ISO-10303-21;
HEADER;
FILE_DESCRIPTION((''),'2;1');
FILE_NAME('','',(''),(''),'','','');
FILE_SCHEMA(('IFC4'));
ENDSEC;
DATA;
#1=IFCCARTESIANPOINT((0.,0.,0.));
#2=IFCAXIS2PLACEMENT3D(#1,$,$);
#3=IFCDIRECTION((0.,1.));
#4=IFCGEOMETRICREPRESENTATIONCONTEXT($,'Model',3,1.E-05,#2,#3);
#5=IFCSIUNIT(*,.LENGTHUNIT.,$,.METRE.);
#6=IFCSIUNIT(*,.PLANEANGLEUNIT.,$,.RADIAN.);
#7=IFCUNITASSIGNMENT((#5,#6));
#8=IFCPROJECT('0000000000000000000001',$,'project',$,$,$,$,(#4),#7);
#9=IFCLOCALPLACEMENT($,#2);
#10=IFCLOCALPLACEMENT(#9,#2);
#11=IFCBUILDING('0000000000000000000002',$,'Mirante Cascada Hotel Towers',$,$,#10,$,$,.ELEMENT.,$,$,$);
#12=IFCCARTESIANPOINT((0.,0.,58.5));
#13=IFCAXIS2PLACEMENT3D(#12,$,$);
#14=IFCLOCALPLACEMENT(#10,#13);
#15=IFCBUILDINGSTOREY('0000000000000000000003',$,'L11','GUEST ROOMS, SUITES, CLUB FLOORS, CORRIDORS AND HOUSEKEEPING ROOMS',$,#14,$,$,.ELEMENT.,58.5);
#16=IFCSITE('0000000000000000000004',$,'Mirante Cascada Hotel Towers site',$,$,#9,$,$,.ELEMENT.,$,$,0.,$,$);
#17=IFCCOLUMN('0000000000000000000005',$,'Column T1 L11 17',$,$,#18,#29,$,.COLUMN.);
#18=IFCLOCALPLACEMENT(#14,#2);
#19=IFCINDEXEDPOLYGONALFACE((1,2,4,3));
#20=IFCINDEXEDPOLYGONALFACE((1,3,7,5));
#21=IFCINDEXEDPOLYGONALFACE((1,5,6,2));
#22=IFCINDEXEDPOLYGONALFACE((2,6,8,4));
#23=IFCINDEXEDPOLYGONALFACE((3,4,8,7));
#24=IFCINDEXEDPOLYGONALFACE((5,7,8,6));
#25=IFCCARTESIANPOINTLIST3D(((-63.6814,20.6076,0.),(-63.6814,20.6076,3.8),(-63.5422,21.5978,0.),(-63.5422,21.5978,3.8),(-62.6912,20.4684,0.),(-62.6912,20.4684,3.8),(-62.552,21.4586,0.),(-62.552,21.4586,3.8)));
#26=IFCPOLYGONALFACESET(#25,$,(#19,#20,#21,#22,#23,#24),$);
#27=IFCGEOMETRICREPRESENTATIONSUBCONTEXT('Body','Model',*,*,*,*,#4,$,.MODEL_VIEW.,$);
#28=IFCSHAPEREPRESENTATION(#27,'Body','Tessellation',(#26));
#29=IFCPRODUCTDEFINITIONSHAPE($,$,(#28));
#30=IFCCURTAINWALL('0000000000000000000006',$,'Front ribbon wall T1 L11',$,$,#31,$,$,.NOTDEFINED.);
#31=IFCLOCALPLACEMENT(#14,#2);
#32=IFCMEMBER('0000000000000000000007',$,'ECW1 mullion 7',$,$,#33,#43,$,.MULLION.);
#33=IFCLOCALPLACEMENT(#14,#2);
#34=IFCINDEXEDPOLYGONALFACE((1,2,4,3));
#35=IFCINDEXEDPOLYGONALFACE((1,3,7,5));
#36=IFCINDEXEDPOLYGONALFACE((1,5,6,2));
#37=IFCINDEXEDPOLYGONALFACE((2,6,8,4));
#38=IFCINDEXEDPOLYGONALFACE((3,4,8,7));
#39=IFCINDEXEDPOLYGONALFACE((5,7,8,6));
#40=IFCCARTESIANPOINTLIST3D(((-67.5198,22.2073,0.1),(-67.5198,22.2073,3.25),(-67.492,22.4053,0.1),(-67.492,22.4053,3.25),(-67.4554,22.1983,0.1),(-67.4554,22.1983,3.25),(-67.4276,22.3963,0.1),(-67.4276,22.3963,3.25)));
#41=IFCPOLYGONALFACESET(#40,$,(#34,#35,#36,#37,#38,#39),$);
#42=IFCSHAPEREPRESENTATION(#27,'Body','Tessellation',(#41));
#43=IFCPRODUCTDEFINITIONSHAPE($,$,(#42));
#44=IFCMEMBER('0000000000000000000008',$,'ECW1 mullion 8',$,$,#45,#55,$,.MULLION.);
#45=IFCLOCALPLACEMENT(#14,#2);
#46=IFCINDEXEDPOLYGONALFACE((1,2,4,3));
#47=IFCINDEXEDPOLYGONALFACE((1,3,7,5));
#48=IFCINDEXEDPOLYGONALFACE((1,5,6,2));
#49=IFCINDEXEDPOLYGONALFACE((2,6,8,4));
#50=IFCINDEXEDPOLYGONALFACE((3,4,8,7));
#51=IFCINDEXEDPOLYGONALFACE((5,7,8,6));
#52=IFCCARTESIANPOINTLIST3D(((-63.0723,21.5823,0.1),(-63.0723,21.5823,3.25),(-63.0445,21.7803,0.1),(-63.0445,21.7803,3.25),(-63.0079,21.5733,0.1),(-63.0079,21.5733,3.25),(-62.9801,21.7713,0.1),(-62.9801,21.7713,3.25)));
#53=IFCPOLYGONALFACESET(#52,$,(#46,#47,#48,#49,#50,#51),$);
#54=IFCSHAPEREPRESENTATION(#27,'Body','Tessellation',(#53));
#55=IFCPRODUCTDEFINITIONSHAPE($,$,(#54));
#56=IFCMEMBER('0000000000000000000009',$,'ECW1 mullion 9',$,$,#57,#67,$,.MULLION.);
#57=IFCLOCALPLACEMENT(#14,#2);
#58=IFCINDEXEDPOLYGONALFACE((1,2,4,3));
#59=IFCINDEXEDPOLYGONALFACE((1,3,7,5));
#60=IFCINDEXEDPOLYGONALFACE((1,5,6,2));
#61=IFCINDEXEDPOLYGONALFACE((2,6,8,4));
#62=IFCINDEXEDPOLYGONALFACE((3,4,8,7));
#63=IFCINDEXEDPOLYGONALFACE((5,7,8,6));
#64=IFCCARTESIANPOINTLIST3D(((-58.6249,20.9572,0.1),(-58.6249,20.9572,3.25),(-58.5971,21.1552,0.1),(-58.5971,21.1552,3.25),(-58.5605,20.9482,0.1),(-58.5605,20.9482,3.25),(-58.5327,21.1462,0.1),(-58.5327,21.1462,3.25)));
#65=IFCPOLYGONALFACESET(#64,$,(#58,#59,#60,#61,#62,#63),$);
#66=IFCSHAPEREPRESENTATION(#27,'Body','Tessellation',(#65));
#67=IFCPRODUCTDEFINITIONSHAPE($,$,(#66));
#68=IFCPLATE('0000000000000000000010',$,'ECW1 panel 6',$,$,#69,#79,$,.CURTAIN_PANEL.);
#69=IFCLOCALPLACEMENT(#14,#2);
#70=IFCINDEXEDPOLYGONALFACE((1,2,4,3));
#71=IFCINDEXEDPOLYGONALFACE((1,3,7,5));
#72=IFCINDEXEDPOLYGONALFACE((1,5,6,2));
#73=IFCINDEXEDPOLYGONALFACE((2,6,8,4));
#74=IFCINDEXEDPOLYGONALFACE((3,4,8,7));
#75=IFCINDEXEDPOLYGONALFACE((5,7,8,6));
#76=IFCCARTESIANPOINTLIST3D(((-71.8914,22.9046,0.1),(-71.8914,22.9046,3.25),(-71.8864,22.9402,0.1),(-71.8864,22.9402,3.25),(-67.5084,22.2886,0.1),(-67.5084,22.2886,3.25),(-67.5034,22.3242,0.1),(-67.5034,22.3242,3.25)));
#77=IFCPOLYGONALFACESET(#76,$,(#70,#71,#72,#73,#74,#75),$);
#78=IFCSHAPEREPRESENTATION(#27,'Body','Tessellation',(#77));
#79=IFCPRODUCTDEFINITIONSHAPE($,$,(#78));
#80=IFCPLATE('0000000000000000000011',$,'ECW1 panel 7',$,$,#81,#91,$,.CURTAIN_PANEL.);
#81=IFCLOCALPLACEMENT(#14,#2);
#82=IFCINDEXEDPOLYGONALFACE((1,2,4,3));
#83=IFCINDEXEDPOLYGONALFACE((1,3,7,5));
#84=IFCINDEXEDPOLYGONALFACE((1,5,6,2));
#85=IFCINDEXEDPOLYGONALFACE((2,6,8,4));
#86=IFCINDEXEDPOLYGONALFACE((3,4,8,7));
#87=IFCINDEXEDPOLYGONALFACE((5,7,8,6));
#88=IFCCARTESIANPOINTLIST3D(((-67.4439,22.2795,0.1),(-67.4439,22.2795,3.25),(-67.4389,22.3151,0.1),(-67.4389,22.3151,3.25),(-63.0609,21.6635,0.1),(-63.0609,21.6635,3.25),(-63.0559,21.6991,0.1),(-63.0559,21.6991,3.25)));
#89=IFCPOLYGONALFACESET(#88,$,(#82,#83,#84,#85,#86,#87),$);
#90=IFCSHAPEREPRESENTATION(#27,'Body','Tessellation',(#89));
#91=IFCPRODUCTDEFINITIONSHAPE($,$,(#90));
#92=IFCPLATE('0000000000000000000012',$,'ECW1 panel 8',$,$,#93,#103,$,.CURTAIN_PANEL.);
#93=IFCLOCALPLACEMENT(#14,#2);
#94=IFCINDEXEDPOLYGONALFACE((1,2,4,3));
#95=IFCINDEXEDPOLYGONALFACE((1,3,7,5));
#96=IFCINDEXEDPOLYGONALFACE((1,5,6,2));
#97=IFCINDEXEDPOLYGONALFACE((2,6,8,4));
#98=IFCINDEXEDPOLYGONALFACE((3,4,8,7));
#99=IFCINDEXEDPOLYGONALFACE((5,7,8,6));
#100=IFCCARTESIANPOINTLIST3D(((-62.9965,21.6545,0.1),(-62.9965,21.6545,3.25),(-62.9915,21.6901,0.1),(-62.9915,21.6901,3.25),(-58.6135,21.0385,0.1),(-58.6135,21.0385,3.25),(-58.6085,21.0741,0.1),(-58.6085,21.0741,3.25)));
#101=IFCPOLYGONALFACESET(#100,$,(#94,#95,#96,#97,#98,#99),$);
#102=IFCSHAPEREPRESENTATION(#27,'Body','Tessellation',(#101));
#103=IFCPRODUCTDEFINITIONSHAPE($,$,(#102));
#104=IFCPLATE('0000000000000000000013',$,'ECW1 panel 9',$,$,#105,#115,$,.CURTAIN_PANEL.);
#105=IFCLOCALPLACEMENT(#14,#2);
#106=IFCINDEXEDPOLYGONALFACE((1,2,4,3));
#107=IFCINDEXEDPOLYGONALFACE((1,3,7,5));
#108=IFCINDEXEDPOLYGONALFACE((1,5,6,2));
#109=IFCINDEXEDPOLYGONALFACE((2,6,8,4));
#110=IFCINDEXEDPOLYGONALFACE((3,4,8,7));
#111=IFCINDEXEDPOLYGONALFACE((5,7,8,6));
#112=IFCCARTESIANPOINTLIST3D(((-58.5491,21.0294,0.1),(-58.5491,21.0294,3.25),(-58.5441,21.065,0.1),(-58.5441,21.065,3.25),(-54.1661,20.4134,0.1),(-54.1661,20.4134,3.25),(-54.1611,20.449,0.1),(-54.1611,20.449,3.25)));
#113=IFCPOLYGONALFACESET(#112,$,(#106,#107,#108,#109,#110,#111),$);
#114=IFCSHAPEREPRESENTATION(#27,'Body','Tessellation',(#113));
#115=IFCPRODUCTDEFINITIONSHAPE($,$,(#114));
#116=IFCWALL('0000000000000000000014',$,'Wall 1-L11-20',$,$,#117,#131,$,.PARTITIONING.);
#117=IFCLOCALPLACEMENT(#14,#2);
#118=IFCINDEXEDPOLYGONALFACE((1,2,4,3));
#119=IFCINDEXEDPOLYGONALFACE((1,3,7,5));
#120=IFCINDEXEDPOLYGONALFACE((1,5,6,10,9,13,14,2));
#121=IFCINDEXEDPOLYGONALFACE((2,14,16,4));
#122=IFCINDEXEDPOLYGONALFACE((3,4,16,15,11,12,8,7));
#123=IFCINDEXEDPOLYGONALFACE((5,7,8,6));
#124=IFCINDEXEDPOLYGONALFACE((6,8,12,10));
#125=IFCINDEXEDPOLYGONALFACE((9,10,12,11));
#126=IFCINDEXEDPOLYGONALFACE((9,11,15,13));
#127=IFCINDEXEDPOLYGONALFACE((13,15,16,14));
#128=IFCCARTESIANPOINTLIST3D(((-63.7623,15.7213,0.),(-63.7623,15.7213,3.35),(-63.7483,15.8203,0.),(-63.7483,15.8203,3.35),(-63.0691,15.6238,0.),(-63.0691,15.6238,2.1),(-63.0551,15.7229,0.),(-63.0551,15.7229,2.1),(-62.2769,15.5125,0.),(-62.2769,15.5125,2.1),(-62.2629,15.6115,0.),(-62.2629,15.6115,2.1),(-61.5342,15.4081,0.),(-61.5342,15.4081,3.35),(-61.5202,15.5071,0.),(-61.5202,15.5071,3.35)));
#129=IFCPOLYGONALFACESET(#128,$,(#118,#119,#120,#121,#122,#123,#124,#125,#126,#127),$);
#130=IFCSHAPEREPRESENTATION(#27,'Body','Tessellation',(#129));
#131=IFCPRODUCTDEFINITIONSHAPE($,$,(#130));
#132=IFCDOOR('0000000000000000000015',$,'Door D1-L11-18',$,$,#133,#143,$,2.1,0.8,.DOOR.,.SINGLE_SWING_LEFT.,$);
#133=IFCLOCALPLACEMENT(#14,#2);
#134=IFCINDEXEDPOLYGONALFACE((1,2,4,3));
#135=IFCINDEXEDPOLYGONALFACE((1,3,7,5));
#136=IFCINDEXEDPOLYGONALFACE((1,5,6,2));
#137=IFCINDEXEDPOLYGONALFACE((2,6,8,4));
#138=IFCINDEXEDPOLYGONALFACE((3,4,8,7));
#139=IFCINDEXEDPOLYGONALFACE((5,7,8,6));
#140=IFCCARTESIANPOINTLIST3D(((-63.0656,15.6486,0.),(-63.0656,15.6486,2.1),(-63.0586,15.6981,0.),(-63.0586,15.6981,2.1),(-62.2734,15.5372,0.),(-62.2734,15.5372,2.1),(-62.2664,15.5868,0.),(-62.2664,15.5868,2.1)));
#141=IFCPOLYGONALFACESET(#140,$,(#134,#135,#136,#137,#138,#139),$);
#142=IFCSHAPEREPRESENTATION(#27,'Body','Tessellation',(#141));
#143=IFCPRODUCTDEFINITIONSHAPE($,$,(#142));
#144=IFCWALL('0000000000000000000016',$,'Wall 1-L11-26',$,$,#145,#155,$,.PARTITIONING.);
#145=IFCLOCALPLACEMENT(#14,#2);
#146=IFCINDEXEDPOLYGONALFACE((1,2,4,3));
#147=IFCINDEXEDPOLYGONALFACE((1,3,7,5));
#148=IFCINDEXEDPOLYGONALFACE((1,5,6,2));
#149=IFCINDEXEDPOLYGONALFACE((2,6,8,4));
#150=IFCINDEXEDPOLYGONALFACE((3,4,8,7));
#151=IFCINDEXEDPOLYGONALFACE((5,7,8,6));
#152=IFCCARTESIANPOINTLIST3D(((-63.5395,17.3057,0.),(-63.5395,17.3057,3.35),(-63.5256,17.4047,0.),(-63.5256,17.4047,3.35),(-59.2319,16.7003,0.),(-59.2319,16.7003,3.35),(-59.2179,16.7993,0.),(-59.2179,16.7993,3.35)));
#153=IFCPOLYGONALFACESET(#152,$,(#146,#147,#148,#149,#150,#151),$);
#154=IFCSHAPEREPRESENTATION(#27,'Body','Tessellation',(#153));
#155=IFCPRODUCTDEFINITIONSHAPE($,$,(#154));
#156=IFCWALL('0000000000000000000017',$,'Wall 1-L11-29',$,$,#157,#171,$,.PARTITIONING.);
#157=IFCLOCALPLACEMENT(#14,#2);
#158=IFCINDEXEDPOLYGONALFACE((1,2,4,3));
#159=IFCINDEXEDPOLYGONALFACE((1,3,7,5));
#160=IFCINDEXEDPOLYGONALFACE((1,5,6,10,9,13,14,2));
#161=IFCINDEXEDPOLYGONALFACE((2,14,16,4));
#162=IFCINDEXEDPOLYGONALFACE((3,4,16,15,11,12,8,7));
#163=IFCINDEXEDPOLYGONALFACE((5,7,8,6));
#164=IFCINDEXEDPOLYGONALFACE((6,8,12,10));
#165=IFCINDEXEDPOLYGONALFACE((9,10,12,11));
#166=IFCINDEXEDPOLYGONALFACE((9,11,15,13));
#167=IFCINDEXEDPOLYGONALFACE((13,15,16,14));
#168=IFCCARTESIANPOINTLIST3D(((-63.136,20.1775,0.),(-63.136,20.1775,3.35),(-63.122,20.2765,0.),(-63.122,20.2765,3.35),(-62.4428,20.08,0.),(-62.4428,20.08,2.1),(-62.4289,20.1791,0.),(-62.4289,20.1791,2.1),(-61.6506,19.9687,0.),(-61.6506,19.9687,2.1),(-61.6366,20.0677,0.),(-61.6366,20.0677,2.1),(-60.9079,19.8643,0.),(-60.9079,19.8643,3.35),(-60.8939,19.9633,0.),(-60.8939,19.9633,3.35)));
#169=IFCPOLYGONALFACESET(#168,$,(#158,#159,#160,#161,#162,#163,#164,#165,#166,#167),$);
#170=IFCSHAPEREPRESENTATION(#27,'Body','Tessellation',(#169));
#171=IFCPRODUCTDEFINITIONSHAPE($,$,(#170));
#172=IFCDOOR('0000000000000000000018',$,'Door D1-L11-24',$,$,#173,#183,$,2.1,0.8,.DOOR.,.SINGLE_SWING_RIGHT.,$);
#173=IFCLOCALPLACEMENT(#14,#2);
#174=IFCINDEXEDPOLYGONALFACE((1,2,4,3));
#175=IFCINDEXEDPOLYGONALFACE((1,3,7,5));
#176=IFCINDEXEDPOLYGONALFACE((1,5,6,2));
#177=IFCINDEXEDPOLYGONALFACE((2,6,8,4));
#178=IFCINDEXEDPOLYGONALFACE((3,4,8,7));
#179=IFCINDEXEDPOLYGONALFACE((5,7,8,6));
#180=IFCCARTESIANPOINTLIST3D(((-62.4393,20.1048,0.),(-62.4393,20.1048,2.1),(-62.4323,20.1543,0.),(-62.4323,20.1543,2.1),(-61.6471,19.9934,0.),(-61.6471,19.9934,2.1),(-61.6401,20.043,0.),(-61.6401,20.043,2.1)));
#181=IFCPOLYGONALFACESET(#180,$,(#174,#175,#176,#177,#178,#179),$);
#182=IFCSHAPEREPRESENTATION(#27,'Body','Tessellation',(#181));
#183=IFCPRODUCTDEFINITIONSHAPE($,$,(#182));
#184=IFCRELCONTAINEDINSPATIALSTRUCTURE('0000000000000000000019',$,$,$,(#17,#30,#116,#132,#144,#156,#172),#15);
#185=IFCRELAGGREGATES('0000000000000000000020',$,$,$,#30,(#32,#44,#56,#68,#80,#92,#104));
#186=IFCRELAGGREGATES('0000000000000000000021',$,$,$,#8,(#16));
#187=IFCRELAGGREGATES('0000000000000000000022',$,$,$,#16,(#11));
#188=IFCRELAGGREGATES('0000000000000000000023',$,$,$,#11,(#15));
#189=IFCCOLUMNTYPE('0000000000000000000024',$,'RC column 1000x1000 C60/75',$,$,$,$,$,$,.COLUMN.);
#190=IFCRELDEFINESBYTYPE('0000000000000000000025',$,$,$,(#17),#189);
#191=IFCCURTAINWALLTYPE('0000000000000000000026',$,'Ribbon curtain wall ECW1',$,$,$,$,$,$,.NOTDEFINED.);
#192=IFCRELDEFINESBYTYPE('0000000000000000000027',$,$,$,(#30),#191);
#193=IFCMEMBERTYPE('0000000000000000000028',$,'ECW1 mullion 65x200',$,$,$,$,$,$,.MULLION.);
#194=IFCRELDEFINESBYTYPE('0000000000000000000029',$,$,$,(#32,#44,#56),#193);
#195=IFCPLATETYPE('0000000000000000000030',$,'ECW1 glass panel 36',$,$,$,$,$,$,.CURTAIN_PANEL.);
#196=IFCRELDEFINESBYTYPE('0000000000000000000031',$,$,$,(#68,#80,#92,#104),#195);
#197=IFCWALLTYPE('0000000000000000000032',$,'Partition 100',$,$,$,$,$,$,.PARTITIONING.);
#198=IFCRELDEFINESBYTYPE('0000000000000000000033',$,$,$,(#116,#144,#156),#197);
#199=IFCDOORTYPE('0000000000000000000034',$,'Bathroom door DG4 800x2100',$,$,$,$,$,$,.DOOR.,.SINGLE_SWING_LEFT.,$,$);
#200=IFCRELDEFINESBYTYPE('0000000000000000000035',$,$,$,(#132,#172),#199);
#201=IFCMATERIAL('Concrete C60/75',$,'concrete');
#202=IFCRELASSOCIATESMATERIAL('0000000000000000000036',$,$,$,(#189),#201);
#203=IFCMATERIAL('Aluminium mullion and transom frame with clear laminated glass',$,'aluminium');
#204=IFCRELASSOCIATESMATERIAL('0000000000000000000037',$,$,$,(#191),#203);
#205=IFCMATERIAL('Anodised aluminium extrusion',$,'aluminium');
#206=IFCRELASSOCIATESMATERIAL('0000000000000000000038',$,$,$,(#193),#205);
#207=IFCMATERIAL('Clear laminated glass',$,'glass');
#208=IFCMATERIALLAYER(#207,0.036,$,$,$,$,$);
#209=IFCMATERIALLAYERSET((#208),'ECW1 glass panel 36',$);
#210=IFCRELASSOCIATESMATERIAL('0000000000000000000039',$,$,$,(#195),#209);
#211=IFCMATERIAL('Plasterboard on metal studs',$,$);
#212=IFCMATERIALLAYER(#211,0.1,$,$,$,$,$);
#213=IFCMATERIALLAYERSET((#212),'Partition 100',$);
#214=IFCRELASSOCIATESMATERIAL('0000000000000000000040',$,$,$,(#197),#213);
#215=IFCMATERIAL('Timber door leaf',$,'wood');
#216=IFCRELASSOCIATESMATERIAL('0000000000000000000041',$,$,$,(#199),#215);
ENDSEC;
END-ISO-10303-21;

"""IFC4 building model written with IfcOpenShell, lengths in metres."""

from ifc_helpers import new_model, si_unit, direction, frame, frame_2d, origin, origin_2d, place, context, subcontext, project, spatial, rectangle, extrude, material, layer, layer_set, material_profile, profile_set, type_object, element, fill, aggregate, save


model = new_model("IFC4")

# Units and contexts
model_context = context("Model", 3, precision=1e-05, world=origin(), true_north=direction((0.0, 1.0)))
body_context = subcontext(model_context, "Body", "Model", "MODEL_VIEW")
ifc_project = project(units=[si_unit("LENGTHUNIT", "METRE"), si_unit("PLANEANGLEUNIT", "RADIAN")], contexts=[model_context])

# Site, building, storey
site_placement = place(None, origin())
site = spatial("IfcSite", under=ifc_project, at=site_placement, Name="Mirante Cascada Hotel Towers site", CompositionType="ELEMENT", RefElevation=0.0)
building_placement = place(site_placement, origin())
building = spatial("IfcBuilding", under=site, at=building_placement, Name="Mirante Cascada Hotel Towers", CompositionType="ELEMENT")
storey_placement = place(building_placement, frame((0.0, 0.0, 58.5)))
storey = spatial("IfcBuildingStorey", under=building, at=storey_placement, Name="L11", Description="GUEST ROOMS, SUITES, CLUB FLOORS, CORRIDORS AND HOUSEKEEPING ROOMS", CompositionType="ELEMENT", Elevation=58.5)

# Column
ifc_material_1 = material(Name="Concrete C60/75", Category="concrete")
ifc_material_profile_1 = material_profile(ifc_material_1, rectangle(XDim=1.0, YDim=1.0, at=origin_2d()), Name="RC column 1000x1000 C60/75")
ifc_profile_set_1 = profile_set([ifc_material_profile_1], Name="Concrete C60/75")
column_type = type_object("IfcColumnType", Name="RC column 1000x1000 C60/75", PredefinedType="COLUMN", material=ifc_profile_set_1)
column_placement = place(storey_placement, frame((-63.1167, 21.0331, 0.0), z_axis=(0.0, 0.0, 1.0), x_axis=(-0.990268, 0.139173, 0.0)))
element("IfcColumn", 1, at=column_placement, inside=storey, type_object=column_type, Name="Column T1 L11 17", PredefinedType="COLUMN", context=body_context, shape_type="SweptSolid", body=[
    extrude(rectangle(XDim=1.0, YDim=1.0, at=origin_2d()), origin(), (0.0, 0.0, 1.0), 3.8),
])

# Curtain wall, members, plates
ifc_material_2 = material(Name="Aluminium mullion and transom frame with clear laminated glass", Category="aluminium")
curtain_wall_type = type_object("IfcCurtainWallType", Name="Ribbon curtain wall ECW1", PredefinedType="NOTDEFINED", material=ifc_material_2)
curtain_wall_placement = place(storey_placement, origin())
curtain_wall = element("IfcCurtainWall", 2, at=curtain_wall_placement, inside=storey, type_object=curtain_wall_type, Name="Front ribbon wall T1 L11", PredefinedType="NOTDEFINED")
ifc_material_3 = material(Name="Anodised aluminium extrusion", Category="aluminium")
ifc_material_profile_2 = material_profile(ifc_material_3, rectangle(XDim=0.2, YDim=0.065, at=origin_2d()), Name="ECW1 MULLION 65x200")
ifc_profile_set_2 = profile_set([ifc_material_profile_2], Name="Anodised aluminium extrusion")
member_type = type_object("IfcMemberType", Name="ECW1 mullion 65x200", PredefinedType="MULLION", material=ifc_profile_set_2)
member_1_placement = place(storey_placement, frame((-67.4737, 22.3018, 0.1), z_axis=(0.0, 0.0, 1.0), x_axis=(0.139173, 0.990268, 0.0)))
member_1 = element("IfcMember", 3, at=member_1_placement, type_object=member_type, Name="ECW1 mullion 7", PredefinedType="MULLION", context=body_context, shape_type="SweptSolid", body=[
    extrude(rectangle(XDim=0.2, YDim=0.065, at=origin_2d()), origin(), (0.0, 0.0, 1.0), 3.15),
])
member_2_placement = place(storey_placement, frame((-63.0262, 21.6768, 0.1), z_axis=(0.0, 0.0, 1.0), x_axis=(0.139173, 0.990268, 0.0)))
member_2 = element("IfcMember", 4, at=member_2_placement, type_object=member_type, Name="ECW1 mullion 8", PredefinedType="MULLION", context=body_context, shape_type="SweptSolid", body=[
    extrude(rectangle(XDim=0.2, YDim=0.065, at=origin_2d()), origin(), (0.0, 0.0, 1.0), 3.15),
])
member_3_placement = place(storey_placement, frame((-58.5788, 21.0517, 0.1), z_axis=(0.0, 0.0, 1.0), x_axis=(0.139173, 0.990268, 0.0)))
member_3 = element("IfcMember", 5, at=member_3_placement, type_object=member_type, Name="ECW1 mullion 9", PredefinedType="MULLION", context=body_context, shape_type="SweptSolid", body=[
    extrude(rectangle(XDim=0.2, YDim=0.065, at=origin_2d()), origin(), (0.0, 0.0, 1.0), 3.15),
])
ifc_material_4 = material(Name="Clear laminated glass", Category="glass")
ifc_layer_1 = layer(ifc_material_4, 0.036)
ifc_layer_set_1 = layer_set([ifc_layer_1], Name="ECW1 glass panel 36")
plate_type = type_object("IfcPlateType", Name="ECW1 glass panel 36", PredefinedType="CURTAIN_PANEL", material=ifc_layer_set_1)
plate_1_placement = place(storey_placement, frame((-69.6974, 22.6144, 0.1), z_axis=(0.0, 0.0, 1.0), x_axis=(0.990268, -0.139173, 0.0)))
plate_1 = element("IfcPlate", 6, at=plate_1_placement, type_object=plate_type, Name="ECW1 panel 6", PredefinedType="CURTAIN_PANEL", context=body_context, shape_type="SweptSolid", body=[
    extrude(rectangle(XDim=4.4261, YDim=0.036, at=origin_2d()), origin(), (0.0, 0.0, 1.0), 3.15),
])
plate_2_placement = place(storey_placement, frame((-65.2499, 21.9893, 0.1), z_axis=(0.0, 0.0, 1.0), x_axis=(0.990268, -0.139173, 0.0)))
plate_2 = element("IfcPlate", 7, at=plate_2_placement, type_object=plate_type, Name="ECW1 panel 7", PredefinedType="CURTAIN_PANEL", context=body_context, shape_type="SweptSolid", body=[
    extrude(rectangle(XDim=4.4261, YDim=0.036, at=origin_2d()), origin(), (0.0, 0.0, 1.0), 3.15),
])
plate_3_placement = place(storey_placement, frame((-60.8025, 21.3643, 0.1), z_axis=(0.0, 0.0, 1.0), x_axis=(0.990268, -0.139173, 0.0)))
plate_3 = element("IfcPlate", 8, at=plate_3_placement, type_object=plate_type, Name="ECW1 panel 8", PredefinedType="CURTAIN_PANEL", context=body_context, shape_type="SweptSolid", body=[
    extrude(rectangle(XDim=4.4261, YDim=0.036, at=origin_2d()), origin(), (0.0, 0.0, 1.0), 3.15),
])
plate_4_placement = place(storey_placement, frame((-56.3551, 20.7392, 0.1), z_axis=(0.0, 0.0, 1.0), x_axis=(0.990268, -0.139173, 0.0)))
plate_4 = element("IfcPlate", 9, at=plate_4_placement, type_object=plate_type, Name="ECW1 panel 9", PredefinedType="CURTAIN_PANEL", context=body_context, shape_type="SweptSolid", body=[
    extrude(rectangle(XDim=4.4261, YDim=0.036, at=origin_2d()), origin(), (0.0, 0.0, 1.0), 3.15),
])
aggregate(curtain_wall, [member_1, member_2, member_3, plate_1, plate_2, plate_3, plate_4])

# Wall, opening, door
ifc_material_5 = material(Name="Plasterboard on metal studs")
ifc_layer_2 = layer(ifc_material_5, 0.1)
ifc_layer_set_2 = layer_set([ifc_layer_2], Name="Partition 100")
wall_type = type_object("IfcWallType", Name="Partition 100", PredefinedType="PARTITIONING", material=ifc_layer_set_2)
wall_1_placement = place(storey_placement, frame((-61.5272, 15.4576, 0.0), z_axis=(0.0, 0.0, 1.0), x_axis=(-0.990264, 0.1392, 0.0)))
wall_1 = element("IfcWall", 10, at=wall_1_placement, inside=storey, type_object=wall_type, Name="Wall 1-L11-20", PredefinedType="PARTITIONING", context=body_context, shape_type="SweptSolid", body=[
    extrude(rectangle(XDim=2.25, YDim=0.1, at=frame_2d((1.125, 0.0))), origin(), (0.0, 0.0, 1.0), 3.35),
])
opening_1_placement = place(wall_1_placement, frame((0.75, 0.0, 0.0)))
opening_1 = element("IfcOpeningElement", 11, at=opening_1_placement, cuts=wall_1, PredefinedType="OPENING", context=body_context, shape_type="SweptSolid", body=[
    extrude(rectangle(XDim=0.8, YDim=2.1, at=frame_2d((0.4, 1.05))), frame((0.0, 0.05, 0.0), z_axis=(0.0, -1.0, 0.0), x_axis=(1.0, 0.0, 0.0)), (0.0, 0.0, 1.0), 0.1),
])
ifc_material_6 = material(Name="Timber door leaf", Category="wood")
door_type_1 = type_object("IfcDoorType", Name="Bathroom door DG4 800x2100", OperationType="SINGLE_SWING_LEFT", PredefinedType="DOOR", material=ifc_material_6)
door_1_placement = place(opening_1_placement, origin())
door_1 = element("IfcDoor", 12, at=door_1_placement, inside=storey, type_object=door_type_1, Name="Door D1-L11-18", OperationType="SINGLE_SWING_LEFT", OverallHeight=2.1, OverallWidth=0.8, PredefinedType="DOOR", context=body_context, shape_type="SweptSolid", body=[
    extrude(rectangle(XDim=0.8, YDim=2.1, at=frame_2d((0.4, 1.05))), frame((0.0, 0.025, 0.0), z_axis=(0.0, -1.0, 0.0), x_axis=(1.0, 0.0, 0.0)), (0.0, 0.0, 1.0), 0.05),
])
fill(opening_1, door_1)

# Wall
wall_2_placement = place(storey_placement, frame((-59.2249, 16.7498, 0.0), z_axis=(0.0, 0.0, 1.0), x_axis=(-0.990268, 0.139171, 0.0)))
element("IfcWall", 13, at=wall_2_placement, inside=storey, type_object=wall_type, Name="Wall 1-L11-26", PredefinedType="PARTITIONING", context=body_context, shape_type="SweptSolid", body=[
    extrude(rectangle(XDim=4.35, YDim=0.1, at=frame_2d((2.175, 0.0))), origin(), (0.0, 0.0, 1.0), 3.35),
])

# Wall, opening, door
wall_3_placement = place(storey_placement, frame((-63.129, 20.227, 0.0), z_axis=(0.0, 0.0, 1.0), x_axis=(0.990264, -0.1392, 0.0)))
wall_3 = element("IfcWall", 14, at=wall_3_placement, inside=storey, type_object=wall_type, Name="Wall 1-L11-29", PredefinedType="PARTITIONING", context=body_context, shape_type="SweptSolid", body=[
    extrude(rectangle(XDim=2.25, YDim=0.1, at=frame_2d((1.125, 0.0))), origin(), (0.0, 0.0, 1.0), 3.35),
])
opening_2_placement = place(wall_3_placement, frame((0.7, 0.0, 0.0)))
opening_2 = element("IfcOpeningElement", 15, at=opening_2_placement, cuts=wall_3, PredefinedType="OPENING", context=body_context, shape_type="SweptSolid", body=[
    extrude(rectangle(XDim=0.8, YDim=2.1, at=frame_2d((0.4, 1.05))), frame((0.0, 0.05, 0.0), z_axis=(0.0, -1.0, 0.0), x_axis=(1.0, 0.0, 0.0)), (0.0, 0.0, 1.0), 0.1),
])
door_2_placement = place(opening_2_placement, frame((0.8, 0.0, 0.0), z_axis=(0.0, 0.0, 1.0), x_axis=(-1.0, 0.0, 0.0)))
door_2 = element("IfcDoor", 16, at=door_2_placement, inside=storey, type_object=door_type_1, Name="Door D1-L11-24", OperationType="SINGLE_SWING_RIGHT", OverallHeight=2.1, OverallWidth=0.8, PredefinedType="DOOR", context=body_context, shape_type="SweptSolid", body=[
    extrude(rectangle(XDim=0.8, YDim=2.1, at=frame_2d((0.4, 1.05))), frame((0.0, 0.025, 0.0), z_axis=(0.0, -1.0, 0.0), x_axis=(1.0, 0.0, 0.0)), (0.0, 0.0, 1.0), 0.05),
])
fill(opening_2, door_2)

save(model, "model.ifc")
